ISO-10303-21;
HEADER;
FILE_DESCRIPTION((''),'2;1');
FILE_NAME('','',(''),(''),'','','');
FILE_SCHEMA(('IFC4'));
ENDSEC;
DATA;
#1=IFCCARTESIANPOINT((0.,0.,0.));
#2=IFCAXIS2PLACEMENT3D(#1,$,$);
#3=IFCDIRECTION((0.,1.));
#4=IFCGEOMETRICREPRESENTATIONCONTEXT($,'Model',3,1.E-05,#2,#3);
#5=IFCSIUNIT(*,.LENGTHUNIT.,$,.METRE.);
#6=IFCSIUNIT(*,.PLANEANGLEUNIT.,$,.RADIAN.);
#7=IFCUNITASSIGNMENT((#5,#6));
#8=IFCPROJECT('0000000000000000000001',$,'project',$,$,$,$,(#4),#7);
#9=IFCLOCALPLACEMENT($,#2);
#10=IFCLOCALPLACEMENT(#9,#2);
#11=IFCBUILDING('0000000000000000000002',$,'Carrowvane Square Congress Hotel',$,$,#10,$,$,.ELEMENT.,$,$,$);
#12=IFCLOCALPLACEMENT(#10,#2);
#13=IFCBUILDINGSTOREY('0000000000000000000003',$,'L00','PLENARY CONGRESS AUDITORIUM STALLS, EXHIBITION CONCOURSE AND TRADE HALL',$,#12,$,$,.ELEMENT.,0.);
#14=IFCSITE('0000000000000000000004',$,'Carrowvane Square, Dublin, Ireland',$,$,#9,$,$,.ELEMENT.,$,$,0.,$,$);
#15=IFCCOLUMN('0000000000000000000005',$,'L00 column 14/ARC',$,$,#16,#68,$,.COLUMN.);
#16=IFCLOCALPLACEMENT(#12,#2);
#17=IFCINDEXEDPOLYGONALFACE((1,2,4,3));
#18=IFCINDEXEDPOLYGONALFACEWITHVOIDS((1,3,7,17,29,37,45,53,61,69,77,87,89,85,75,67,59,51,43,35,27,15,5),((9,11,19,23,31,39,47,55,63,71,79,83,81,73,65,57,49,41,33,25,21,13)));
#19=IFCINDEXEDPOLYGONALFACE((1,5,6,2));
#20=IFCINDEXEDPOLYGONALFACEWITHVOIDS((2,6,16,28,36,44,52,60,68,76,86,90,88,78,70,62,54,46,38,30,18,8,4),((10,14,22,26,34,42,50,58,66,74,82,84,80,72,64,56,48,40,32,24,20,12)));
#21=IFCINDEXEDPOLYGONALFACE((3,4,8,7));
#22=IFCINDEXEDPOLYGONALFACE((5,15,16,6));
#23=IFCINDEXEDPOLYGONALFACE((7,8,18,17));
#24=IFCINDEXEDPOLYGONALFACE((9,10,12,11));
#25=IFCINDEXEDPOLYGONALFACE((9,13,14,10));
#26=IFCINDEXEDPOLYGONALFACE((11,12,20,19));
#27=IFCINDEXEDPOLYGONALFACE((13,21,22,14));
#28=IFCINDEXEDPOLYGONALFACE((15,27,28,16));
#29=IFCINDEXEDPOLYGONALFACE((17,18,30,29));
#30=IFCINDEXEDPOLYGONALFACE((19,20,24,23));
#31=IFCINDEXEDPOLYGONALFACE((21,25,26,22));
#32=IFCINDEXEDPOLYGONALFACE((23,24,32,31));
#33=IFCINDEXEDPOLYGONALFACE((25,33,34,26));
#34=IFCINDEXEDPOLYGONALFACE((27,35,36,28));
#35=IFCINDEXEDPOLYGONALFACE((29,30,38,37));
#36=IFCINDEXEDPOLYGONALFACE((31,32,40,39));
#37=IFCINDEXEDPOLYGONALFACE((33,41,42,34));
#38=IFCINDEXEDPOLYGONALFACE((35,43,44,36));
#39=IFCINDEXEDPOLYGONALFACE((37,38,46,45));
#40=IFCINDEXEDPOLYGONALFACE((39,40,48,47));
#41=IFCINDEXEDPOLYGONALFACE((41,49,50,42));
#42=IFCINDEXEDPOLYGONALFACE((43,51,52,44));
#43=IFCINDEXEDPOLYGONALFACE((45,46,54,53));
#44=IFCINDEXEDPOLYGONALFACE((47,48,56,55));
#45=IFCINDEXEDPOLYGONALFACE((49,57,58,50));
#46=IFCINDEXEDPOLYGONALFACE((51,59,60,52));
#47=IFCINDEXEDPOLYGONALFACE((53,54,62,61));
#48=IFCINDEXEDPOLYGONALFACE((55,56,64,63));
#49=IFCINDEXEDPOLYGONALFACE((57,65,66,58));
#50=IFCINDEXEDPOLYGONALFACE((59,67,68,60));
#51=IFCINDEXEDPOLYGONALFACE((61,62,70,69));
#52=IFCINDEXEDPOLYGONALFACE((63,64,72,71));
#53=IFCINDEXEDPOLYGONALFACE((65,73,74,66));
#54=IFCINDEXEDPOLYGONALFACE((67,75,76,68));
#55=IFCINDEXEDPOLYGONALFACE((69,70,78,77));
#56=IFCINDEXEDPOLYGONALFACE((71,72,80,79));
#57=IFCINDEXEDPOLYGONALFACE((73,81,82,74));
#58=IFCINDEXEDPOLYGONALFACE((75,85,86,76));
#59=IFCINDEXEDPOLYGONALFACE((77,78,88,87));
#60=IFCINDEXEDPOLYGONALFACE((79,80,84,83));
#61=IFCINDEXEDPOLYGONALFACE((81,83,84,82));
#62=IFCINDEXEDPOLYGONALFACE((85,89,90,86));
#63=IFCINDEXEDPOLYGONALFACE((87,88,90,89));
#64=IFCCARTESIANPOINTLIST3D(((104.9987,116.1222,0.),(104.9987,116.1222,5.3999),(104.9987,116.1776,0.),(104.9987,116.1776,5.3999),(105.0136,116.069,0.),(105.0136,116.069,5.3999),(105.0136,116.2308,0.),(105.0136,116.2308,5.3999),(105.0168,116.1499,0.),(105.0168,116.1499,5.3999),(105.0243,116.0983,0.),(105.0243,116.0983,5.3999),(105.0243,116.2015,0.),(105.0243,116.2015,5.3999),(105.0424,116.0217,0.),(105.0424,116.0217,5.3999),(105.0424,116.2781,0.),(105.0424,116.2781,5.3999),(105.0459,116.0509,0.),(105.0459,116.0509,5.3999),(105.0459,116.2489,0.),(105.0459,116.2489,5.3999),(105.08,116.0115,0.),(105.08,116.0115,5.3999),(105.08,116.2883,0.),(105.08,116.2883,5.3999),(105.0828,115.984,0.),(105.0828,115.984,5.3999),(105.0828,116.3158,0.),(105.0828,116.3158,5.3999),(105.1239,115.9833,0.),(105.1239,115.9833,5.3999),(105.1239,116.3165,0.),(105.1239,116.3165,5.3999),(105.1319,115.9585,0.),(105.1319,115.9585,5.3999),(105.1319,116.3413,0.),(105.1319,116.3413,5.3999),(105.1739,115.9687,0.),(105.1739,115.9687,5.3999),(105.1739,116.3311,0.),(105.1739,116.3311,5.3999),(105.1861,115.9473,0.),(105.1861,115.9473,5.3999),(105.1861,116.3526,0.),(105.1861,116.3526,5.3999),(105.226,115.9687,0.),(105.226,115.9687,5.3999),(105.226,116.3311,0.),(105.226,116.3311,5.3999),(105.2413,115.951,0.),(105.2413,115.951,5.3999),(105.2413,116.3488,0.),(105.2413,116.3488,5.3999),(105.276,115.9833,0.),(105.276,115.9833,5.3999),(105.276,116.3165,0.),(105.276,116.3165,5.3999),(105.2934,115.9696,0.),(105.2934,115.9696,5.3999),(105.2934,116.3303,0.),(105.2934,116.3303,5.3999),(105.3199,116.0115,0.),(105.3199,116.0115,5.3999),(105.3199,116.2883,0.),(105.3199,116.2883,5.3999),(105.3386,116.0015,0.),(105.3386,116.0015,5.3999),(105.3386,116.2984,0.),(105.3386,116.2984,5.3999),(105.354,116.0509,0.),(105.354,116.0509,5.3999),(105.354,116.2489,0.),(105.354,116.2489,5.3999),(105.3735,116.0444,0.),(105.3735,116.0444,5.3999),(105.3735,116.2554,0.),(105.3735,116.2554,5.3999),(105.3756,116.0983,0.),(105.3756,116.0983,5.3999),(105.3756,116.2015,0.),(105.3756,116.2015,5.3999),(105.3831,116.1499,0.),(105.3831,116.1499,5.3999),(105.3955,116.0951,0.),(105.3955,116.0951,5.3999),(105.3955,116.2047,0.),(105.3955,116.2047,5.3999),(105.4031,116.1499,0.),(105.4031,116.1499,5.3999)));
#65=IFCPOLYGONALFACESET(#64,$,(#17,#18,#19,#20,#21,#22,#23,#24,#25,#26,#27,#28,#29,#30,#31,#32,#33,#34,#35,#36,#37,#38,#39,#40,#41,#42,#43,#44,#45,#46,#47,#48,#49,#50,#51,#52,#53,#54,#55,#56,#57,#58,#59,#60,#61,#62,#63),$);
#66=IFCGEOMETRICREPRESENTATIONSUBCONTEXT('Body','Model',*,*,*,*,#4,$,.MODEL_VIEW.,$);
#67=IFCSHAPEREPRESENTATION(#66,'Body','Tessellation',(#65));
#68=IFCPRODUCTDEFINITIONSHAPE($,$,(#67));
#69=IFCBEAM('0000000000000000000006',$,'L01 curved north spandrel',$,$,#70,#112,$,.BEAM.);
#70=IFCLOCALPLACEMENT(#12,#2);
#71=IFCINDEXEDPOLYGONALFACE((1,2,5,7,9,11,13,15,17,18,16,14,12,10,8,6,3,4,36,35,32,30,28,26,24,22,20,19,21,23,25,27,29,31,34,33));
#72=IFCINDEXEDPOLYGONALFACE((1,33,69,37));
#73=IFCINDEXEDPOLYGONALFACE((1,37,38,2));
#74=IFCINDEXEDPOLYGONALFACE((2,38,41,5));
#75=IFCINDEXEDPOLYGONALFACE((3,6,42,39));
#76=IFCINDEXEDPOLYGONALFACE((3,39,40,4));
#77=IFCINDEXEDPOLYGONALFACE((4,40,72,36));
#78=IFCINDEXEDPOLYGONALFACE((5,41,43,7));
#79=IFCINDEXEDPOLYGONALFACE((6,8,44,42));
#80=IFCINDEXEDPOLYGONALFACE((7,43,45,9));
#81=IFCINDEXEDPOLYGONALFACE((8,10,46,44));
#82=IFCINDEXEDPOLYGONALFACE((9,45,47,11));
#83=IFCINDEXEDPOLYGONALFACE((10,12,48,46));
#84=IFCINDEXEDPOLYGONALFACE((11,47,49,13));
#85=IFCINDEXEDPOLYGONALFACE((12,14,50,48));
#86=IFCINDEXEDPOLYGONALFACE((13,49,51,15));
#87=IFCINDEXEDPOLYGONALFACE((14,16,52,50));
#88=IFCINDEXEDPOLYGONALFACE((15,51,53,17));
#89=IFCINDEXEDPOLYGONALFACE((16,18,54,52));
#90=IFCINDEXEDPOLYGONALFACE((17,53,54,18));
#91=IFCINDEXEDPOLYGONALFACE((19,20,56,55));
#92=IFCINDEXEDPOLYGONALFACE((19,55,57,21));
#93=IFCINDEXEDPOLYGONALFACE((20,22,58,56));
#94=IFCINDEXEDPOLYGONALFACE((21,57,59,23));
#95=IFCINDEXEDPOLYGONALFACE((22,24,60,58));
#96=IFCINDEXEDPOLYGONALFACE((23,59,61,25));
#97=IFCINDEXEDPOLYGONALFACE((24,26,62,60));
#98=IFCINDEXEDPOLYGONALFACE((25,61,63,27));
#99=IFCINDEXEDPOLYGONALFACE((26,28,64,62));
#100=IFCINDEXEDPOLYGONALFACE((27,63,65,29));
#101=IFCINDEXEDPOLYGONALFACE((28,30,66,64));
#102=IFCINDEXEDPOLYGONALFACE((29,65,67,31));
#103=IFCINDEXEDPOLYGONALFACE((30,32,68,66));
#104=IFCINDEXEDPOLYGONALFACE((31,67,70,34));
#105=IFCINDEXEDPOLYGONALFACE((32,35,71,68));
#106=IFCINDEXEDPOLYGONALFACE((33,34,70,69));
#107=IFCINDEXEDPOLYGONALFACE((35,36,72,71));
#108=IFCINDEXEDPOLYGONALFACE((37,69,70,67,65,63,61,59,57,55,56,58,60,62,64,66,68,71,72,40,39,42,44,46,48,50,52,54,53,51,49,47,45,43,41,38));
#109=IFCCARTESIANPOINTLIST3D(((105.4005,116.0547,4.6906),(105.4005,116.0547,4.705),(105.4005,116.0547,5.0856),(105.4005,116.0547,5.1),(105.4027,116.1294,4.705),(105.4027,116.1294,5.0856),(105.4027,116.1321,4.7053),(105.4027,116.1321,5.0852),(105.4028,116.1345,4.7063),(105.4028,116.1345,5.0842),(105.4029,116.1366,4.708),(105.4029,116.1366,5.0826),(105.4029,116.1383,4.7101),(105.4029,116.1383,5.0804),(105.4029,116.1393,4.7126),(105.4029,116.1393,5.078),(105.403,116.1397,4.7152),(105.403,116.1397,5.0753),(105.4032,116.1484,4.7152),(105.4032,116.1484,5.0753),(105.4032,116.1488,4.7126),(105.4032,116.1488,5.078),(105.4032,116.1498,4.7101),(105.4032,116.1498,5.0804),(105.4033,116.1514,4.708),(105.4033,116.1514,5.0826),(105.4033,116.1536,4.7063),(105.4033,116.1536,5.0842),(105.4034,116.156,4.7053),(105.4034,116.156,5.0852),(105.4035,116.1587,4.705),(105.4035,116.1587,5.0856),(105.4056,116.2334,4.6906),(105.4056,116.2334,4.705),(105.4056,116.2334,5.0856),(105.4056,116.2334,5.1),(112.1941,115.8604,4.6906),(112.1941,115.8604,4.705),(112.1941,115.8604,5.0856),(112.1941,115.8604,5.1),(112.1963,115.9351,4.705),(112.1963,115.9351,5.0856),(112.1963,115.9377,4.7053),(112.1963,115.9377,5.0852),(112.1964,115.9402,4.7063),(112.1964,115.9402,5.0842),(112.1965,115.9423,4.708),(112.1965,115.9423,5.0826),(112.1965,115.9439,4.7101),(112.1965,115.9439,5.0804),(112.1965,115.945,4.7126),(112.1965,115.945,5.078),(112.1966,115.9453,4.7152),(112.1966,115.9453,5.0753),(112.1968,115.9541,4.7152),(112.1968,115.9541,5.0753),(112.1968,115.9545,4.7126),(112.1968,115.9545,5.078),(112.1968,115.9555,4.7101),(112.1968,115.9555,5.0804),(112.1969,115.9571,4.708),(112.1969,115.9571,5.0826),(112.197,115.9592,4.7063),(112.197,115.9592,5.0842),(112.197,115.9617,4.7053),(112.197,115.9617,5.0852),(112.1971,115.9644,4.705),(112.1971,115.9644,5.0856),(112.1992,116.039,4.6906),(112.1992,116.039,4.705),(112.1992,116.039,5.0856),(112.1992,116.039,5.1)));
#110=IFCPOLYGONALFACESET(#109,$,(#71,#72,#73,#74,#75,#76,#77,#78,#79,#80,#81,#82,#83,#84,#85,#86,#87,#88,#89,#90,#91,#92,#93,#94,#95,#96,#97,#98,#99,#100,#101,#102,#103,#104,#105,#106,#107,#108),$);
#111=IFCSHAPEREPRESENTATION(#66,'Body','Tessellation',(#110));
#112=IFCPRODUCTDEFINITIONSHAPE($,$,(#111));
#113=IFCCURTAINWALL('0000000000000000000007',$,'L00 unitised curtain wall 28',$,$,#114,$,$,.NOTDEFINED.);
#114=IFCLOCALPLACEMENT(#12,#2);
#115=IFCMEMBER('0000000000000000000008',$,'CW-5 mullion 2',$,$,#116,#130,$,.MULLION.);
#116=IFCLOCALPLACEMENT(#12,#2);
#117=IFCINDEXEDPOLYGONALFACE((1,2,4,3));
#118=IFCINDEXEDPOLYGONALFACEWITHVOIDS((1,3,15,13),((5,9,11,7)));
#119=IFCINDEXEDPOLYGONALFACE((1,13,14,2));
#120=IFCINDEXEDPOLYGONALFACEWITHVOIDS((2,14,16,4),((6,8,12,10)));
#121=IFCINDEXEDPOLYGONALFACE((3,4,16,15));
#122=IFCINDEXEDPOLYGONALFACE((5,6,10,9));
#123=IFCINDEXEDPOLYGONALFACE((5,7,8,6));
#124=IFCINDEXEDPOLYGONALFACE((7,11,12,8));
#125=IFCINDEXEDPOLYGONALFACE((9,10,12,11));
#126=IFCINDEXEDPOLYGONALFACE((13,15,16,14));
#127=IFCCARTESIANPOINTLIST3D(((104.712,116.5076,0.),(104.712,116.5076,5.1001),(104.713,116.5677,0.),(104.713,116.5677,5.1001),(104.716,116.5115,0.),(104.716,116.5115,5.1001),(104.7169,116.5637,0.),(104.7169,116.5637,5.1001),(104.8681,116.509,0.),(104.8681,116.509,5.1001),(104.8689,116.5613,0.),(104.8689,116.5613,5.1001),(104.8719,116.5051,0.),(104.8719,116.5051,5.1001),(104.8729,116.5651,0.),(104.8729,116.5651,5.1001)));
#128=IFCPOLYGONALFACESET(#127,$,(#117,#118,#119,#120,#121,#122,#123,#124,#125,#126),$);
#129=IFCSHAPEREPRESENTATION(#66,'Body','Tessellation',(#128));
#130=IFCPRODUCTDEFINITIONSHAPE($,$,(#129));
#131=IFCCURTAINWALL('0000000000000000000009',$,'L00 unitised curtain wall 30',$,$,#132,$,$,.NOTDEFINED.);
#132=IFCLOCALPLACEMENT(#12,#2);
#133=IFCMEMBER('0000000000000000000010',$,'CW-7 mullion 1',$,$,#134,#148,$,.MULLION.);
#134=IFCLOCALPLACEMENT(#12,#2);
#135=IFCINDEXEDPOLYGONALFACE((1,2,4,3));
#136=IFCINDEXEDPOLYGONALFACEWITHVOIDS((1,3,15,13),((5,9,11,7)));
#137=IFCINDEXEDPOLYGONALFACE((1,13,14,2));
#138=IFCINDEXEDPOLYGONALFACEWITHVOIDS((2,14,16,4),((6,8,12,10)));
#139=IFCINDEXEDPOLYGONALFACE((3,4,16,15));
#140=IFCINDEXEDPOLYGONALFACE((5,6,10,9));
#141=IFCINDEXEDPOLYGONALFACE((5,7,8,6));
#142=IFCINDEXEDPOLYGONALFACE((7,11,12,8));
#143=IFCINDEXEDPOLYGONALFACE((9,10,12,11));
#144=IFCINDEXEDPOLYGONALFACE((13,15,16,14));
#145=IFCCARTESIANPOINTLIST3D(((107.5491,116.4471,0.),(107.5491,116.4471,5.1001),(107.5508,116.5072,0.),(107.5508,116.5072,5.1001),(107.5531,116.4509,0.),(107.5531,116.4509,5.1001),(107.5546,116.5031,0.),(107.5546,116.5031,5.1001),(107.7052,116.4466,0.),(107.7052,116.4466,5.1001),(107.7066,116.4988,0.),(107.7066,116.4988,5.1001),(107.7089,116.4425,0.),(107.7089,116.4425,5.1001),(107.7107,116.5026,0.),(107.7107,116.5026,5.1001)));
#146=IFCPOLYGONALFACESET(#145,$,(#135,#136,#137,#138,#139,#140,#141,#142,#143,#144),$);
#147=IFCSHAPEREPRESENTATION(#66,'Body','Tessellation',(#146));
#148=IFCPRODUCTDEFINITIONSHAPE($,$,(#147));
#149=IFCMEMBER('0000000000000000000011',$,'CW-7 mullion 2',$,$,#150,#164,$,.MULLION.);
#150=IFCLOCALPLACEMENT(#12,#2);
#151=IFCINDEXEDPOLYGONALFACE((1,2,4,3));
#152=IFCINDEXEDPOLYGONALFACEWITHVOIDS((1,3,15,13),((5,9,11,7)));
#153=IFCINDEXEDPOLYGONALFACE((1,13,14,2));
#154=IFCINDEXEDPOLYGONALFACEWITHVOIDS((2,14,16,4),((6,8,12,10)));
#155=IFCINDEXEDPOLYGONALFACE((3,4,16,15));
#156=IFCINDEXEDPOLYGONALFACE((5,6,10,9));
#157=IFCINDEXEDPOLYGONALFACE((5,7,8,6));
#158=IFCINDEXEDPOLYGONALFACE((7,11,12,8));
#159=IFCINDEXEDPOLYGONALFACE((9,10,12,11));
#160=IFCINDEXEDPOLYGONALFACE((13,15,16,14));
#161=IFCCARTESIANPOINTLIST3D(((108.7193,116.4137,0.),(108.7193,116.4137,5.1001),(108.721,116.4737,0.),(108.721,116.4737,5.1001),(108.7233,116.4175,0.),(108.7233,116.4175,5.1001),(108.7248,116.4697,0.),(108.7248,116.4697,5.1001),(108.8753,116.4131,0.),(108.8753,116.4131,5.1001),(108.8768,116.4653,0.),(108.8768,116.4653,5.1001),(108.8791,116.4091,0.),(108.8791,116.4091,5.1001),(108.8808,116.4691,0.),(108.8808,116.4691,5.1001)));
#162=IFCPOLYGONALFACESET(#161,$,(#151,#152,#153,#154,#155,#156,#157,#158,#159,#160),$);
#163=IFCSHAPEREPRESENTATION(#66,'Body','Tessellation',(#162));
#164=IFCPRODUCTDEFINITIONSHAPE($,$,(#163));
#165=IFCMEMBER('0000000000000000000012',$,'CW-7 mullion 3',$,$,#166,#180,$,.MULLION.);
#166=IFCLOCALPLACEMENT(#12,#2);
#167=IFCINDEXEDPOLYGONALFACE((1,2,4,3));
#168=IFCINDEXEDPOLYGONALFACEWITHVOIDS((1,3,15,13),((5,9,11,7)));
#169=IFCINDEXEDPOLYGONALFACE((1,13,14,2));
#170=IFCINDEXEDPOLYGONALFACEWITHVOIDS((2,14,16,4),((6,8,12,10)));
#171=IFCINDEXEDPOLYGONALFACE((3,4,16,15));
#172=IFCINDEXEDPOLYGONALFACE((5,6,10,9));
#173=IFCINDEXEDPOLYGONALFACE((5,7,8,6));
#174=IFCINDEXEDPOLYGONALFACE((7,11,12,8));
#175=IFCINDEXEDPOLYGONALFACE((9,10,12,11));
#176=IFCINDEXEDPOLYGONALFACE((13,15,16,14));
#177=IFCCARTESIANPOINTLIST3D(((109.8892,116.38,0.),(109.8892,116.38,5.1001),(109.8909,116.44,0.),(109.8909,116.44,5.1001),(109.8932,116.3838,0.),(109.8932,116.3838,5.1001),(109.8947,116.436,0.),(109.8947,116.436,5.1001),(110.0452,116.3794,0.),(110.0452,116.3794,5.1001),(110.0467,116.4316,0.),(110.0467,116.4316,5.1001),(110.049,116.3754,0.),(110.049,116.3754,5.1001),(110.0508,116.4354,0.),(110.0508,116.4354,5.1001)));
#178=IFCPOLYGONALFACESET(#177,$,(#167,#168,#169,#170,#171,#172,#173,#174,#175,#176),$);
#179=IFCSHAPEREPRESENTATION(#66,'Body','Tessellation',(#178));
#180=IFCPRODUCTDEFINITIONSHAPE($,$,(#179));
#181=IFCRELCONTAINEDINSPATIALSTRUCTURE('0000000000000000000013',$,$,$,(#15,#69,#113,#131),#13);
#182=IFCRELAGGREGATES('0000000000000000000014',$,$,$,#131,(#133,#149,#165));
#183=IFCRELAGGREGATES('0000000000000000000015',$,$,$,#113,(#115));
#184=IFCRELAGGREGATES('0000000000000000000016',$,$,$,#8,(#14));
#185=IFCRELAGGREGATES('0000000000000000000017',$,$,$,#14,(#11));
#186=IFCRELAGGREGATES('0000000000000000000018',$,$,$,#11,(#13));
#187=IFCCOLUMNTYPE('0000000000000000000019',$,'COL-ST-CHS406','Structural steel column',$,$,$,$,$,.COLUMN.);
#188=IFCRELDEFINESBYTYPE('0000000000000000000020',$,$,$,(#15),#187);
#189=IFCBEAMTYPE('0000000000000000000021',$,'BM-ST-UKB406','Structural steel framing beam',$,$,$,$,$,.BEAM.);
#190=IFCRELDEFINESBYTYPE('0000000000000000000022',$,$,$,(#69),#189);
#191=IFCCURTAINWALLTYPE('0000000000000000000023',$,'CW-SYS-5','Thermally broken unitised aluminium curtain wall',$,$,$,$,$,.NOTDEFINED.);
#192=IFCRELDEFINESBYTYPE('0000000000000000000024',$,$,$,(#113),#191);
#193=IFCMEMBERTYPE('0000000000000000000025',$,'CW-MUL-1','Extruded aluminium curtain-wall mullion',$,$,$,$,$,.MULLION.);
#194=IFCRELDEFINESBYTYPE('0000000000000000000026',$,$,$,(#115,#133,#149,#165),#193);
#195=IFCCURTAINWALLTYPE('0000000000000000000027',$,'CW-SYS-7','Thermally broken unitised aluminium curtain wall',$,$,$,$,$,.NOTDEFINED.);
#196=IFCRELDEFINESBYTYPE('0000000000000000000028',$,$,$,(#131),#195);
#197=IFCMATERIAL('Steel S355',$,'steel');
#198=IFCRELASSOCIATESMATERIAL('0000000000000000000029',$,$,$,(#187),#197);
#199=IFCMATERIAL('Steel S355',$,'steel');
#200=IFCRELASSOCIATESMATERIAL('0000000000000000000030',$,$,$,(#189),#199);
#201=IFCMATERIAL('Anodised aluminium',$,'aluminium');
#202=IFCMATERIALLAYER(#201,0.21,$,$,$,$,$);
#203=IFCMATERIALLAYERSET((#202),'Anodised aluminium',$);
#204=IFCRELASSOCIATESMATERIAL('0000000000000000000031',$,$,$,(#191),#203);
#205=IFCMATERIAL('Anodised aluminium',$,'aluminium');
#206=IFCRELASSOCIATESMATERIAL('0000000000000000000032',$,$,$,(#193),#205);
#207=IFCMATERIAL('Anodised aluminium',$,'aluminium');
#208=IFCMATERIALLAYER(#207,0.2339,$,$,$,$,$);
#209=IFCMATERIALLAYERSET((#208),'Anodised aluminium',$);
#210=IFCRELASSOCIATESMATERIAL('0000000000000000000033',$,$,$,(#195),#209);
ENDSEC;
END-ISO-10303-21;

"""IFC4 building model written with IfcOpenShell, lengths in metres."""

from ifc_helpers import new_model, si_unit, direction, frame, origin, origin_2d, place, context, subcontext, project, spatial, hollow_rectangle, hollow_circle, i_section, extrude, material, layer, layer_set, material_profile, profile_set, type_object, element, aggregate, save


model = new_model("IFC4")

# Units and contexts
model_context = context("Model", 3, precision=1e-05, world=origin(), true_north=direction((0.0, 1.0)))
body_context = subcontext(model_context, "Body", "Model", "MODEL_VIEW")
ifc_project = project(units=[si_unit("LENGTHUNIT", "METRE"), si_unit("PLANEANGLEUNIT", "RADIAN")], contexts=[model_context])

# Site, building, storey
site_placement = place(None, origin())
site = spatial("IfcSite", under=ifc_project, at=site_placement, Name="Carrowvane Square, Dublin, Ireland", CompositionType="ELEMENT", RefElevation=0.0)
building_placement = place(site_placement, origin())
building = spatial("IfcBuilding", under=site, at=building_placement, Name="Carrowvane Square Congress Hotel", CompositionType="ELEMENT")
storey_placement = place(building_placement, origin())
storey = spatial("IfcBuildingStorey", under=building, at=storey_placement, Name="L00", Description="PLENARY CONGRESS AUDITORIUM STALLS, EXHIBITION CONCOURSE AND TRADE HALL", CompositionType="ELEMENT", Elevation=0.0)

# Column
ifc_material_1 = material(Name="Steel S355", Category="steel")
ifc_material_profile_1 = material_profile(ifc_material_1, hollow_circle(Radius=0.2031, WallThickness=0.02, at=origin_2d()), Name="CHS 406.4x20")
ifc_profile_set_1 = profile_set([ifc_material_profile_1], Name="Steel S355")
column_type = type_object("IfcColumnType", Name="COL-ST-CHS406", Description="Structural steel column", PredefinedType="COLUMN", material=ifc_profile_set_1)
column_placement = place(storey_placement, frame((105.2, 116.1499, 0.0), z_axis=(0.0, 0.0, 1.0), x_axis=(1.0, 0.0, 0.0)))
element("IfcColumn", 1, at=column_placement, inside=storey, type_object=column_type, Name="L00 column 14/ARC", PredefinedType="COLUMN", context=body_context, shape_type="SweptSolid", body=[
    extrude(hollow_circle(Radius=0.2031, WallThickness=0.02, at=origin_2d()), origin(), (0.0, 0.0, 1.0), 5.3999),
])

# Beam
ifc_material_2 = material(Name="Steel S355", Category="steel")
ifc_material_profile_2 = material_profile(ifc_material_2, i_section(OverallWidth=0.1787, OverallDepth=0.4094, WebThickness=0.0088, FlangeThickness=0.0144, FilletRadius=0.0103, at=origin_2d()), Name="UKB 406x178x67")
ifc_profile_set_2 = profile_set([ifc_material_profile_2], Name="Steel S355")
beam_type = type_object("IfcBeamType", Name="BM-ST-UKB406", Description="Structural steel framing beam", PredefinedType="BEAM", material=ifc_profile_set_2)
beam_placement = place(storey_placement, frame((105.4031, 116.144, 4.8953), z_axis=(0.999591, -0.028594, 0.0), x_axis=(0.028594, 0.999591, 0.0)))
element("IfcBeam", 2, at=beam_placement, inside=storey, type_object=beam_type, Name="L01 curved north spandrel", PredefinedType="BEAM", context=body_context, shape_type="SweptSolid", body=[
    extrude(i_section(OverallWidth=0.1787, OverallDepth=0.4094, WebThickness=0.0088, FlangeThickness=0.0144, FilletRadius=0.0103, at=origin_2d()), origin(), (0.0, 0.0, 1.0), 6.7964),
])

# Curtain wall, member
ifc_material_3 = material(Name="Anodised aluminium", Category="aluminium")
ifc_layer_1 = layer(ifc_material_3, 0.21)
ifc_layer_set_1 = layer_set([ifc_layer_1], Name="Anodised aluminium")
curtain_wall_type_1 = type_object("IfcCurtainWallType", Name="CW-SYS-5", Description="Thermally broken unitised aluminium curtain wall", PredefinedType="NOTDEFINED", material=ifc_layer_set_1)
curtain_wall_1_placement = place(storey_placement, origin())
curtain_wall_1 = element("IfcCurtainWall", 3, at=curtain_wall_1_placement, inside=storey, type_object=curtain_wall_type_1, Name="L00 unitised curtain wall 28", PredefinedType="NOTDEFINED")
ifc_material_4 = material(Name="Anodised aluminium", Category="aluminium")
ifc_material_profile_3 = material_profile(ifc_material_4, hollow_rectangle(XDim=0.0601, YDim=0.1599, WallThickness=0.0039, at=origin_2d()), Name="CW-ML 60x160x4")
ifc_profile_set_3 = profile_set([ifc_material_profile_3], Name="Anodised aluminium")
member_type_1 = type_object("IfcMemberType", Name="CW-MUL-1", Description="Extruded aluminium curtain-wall mullion", PredefinedType="MULLION", material=ifc_profile_set_3)
member_1_placement = place(storey_placement, frame((104.7925, 116.5364, 0.0), z_axis=(0.0, 0.0, 1.0), x_axis=(0.016216, 0.999869, 0.0)))
member_1 = element("IfcMember", 4, at=member_1_placement, type_object=member_type_1, Name="CW-5 mullion 2", PredefinedType="MULLION", context=body_context, shape_type="SweptSolid", body=[
    extrude(hollow_rectangle(XDim=0.0601, YDim=0.1599, WallThickness=0.0039, at=origin_2d()), origin(), (0.0, 0.0, 1.0), 5.1001),
])

# Curtain wall, members
ifc_material_5 = material(Name="Anodised aluminium", Category="aluminium")
ifc_layer_2 = layer(ifc_material_5, 0.2339)
ifc_layer_set_2 = layer_set([ifc_layer_2], Name="Anodised aluminium")
curtain_wall_type_2 = type_object("IfcCurtainWallType", Name="CW-SYS-7", Description="Thermally broken unitised aluminium curtain wall", PredefinedType="NOTDEFINED", material=ifc_layer_set_2)
curtain_wall_2_placement = place(storey_placement, origin())
curtain_wall_2 = element("IfcCurtainWall", 5, at=curtain_wall_2_placement, inside=storey, type_object=curtain_wall_type_2, Name="L00 unitised curtain wall 30", PredefinedType="NOTDEFINED")
member_2_placement = place(storey_placement, frame((107.6299, 116.4749, 0.0), z_axis=(0.0, 0.0, 1.0), x_axis=(0.028638, 0.99959, 0.0)))
member_2 = element("IfcMember", 6, at=member_2_placement, type_object=member_type_1, Name="CW-7 mullion 1", PredefinedType="MULLION", context=body_context, shape_type="SweptSolid", body=[
    extrude(hollow_rectangle(XDim=0.0601, YDim=0.1599, WallThickness=0.0039, at=origin_2d()), origin(), (0.0, 0.0, 1.0), 5.1001),
])
member_3_placement = place(storey_placement, frame((108.8, 116.4414, 0.0), z_axis=(0.0, 0.0, 1.0), x_axis=(0.028638, 0.99959, 0.0)))
member_3 = element("IfcMember", 7, at=member_3_placement, type_object=member_type_1, Name="CW-7 mullion 2", PredefinedType="MULLION", context=body_context, shape_type="SweptSolid", body=[
    extrude(hollow_rectangle(XDim=0.0601, YDim=0.1599, WallThickness=0.0039, at=origin_2d()), origin(), (0.0, 0.0, 1.0), 5.1001),
])
member_4_placement = place(storey_placement, frame((109.97, 116.4077, 0.0), z_axis=(0.0, 0.0, 1.0), x_axis=(0.028638, 0.99959, 0.0)))
member_4 = element("IfcMember", 8, at=member_4_placement, type_object=member_type_1, Name="CW-7 mullion 3", PredefinedType="MULLION", context=body_context, shape_type="SweptSolid", body=[
    extrude(hollow_rectangle(XDim=0.0601, YDim=0.1599, WallThickness=0.0039, at=origin_2d()), origin(), (0.0, 0.0, 1.0), 5.1001),
])

aggregate(curtain_wall_2, [member_2, member_3, member_4])
aggregate(curtain_wall_1, [member_1])

save(model, "model.ifc")
